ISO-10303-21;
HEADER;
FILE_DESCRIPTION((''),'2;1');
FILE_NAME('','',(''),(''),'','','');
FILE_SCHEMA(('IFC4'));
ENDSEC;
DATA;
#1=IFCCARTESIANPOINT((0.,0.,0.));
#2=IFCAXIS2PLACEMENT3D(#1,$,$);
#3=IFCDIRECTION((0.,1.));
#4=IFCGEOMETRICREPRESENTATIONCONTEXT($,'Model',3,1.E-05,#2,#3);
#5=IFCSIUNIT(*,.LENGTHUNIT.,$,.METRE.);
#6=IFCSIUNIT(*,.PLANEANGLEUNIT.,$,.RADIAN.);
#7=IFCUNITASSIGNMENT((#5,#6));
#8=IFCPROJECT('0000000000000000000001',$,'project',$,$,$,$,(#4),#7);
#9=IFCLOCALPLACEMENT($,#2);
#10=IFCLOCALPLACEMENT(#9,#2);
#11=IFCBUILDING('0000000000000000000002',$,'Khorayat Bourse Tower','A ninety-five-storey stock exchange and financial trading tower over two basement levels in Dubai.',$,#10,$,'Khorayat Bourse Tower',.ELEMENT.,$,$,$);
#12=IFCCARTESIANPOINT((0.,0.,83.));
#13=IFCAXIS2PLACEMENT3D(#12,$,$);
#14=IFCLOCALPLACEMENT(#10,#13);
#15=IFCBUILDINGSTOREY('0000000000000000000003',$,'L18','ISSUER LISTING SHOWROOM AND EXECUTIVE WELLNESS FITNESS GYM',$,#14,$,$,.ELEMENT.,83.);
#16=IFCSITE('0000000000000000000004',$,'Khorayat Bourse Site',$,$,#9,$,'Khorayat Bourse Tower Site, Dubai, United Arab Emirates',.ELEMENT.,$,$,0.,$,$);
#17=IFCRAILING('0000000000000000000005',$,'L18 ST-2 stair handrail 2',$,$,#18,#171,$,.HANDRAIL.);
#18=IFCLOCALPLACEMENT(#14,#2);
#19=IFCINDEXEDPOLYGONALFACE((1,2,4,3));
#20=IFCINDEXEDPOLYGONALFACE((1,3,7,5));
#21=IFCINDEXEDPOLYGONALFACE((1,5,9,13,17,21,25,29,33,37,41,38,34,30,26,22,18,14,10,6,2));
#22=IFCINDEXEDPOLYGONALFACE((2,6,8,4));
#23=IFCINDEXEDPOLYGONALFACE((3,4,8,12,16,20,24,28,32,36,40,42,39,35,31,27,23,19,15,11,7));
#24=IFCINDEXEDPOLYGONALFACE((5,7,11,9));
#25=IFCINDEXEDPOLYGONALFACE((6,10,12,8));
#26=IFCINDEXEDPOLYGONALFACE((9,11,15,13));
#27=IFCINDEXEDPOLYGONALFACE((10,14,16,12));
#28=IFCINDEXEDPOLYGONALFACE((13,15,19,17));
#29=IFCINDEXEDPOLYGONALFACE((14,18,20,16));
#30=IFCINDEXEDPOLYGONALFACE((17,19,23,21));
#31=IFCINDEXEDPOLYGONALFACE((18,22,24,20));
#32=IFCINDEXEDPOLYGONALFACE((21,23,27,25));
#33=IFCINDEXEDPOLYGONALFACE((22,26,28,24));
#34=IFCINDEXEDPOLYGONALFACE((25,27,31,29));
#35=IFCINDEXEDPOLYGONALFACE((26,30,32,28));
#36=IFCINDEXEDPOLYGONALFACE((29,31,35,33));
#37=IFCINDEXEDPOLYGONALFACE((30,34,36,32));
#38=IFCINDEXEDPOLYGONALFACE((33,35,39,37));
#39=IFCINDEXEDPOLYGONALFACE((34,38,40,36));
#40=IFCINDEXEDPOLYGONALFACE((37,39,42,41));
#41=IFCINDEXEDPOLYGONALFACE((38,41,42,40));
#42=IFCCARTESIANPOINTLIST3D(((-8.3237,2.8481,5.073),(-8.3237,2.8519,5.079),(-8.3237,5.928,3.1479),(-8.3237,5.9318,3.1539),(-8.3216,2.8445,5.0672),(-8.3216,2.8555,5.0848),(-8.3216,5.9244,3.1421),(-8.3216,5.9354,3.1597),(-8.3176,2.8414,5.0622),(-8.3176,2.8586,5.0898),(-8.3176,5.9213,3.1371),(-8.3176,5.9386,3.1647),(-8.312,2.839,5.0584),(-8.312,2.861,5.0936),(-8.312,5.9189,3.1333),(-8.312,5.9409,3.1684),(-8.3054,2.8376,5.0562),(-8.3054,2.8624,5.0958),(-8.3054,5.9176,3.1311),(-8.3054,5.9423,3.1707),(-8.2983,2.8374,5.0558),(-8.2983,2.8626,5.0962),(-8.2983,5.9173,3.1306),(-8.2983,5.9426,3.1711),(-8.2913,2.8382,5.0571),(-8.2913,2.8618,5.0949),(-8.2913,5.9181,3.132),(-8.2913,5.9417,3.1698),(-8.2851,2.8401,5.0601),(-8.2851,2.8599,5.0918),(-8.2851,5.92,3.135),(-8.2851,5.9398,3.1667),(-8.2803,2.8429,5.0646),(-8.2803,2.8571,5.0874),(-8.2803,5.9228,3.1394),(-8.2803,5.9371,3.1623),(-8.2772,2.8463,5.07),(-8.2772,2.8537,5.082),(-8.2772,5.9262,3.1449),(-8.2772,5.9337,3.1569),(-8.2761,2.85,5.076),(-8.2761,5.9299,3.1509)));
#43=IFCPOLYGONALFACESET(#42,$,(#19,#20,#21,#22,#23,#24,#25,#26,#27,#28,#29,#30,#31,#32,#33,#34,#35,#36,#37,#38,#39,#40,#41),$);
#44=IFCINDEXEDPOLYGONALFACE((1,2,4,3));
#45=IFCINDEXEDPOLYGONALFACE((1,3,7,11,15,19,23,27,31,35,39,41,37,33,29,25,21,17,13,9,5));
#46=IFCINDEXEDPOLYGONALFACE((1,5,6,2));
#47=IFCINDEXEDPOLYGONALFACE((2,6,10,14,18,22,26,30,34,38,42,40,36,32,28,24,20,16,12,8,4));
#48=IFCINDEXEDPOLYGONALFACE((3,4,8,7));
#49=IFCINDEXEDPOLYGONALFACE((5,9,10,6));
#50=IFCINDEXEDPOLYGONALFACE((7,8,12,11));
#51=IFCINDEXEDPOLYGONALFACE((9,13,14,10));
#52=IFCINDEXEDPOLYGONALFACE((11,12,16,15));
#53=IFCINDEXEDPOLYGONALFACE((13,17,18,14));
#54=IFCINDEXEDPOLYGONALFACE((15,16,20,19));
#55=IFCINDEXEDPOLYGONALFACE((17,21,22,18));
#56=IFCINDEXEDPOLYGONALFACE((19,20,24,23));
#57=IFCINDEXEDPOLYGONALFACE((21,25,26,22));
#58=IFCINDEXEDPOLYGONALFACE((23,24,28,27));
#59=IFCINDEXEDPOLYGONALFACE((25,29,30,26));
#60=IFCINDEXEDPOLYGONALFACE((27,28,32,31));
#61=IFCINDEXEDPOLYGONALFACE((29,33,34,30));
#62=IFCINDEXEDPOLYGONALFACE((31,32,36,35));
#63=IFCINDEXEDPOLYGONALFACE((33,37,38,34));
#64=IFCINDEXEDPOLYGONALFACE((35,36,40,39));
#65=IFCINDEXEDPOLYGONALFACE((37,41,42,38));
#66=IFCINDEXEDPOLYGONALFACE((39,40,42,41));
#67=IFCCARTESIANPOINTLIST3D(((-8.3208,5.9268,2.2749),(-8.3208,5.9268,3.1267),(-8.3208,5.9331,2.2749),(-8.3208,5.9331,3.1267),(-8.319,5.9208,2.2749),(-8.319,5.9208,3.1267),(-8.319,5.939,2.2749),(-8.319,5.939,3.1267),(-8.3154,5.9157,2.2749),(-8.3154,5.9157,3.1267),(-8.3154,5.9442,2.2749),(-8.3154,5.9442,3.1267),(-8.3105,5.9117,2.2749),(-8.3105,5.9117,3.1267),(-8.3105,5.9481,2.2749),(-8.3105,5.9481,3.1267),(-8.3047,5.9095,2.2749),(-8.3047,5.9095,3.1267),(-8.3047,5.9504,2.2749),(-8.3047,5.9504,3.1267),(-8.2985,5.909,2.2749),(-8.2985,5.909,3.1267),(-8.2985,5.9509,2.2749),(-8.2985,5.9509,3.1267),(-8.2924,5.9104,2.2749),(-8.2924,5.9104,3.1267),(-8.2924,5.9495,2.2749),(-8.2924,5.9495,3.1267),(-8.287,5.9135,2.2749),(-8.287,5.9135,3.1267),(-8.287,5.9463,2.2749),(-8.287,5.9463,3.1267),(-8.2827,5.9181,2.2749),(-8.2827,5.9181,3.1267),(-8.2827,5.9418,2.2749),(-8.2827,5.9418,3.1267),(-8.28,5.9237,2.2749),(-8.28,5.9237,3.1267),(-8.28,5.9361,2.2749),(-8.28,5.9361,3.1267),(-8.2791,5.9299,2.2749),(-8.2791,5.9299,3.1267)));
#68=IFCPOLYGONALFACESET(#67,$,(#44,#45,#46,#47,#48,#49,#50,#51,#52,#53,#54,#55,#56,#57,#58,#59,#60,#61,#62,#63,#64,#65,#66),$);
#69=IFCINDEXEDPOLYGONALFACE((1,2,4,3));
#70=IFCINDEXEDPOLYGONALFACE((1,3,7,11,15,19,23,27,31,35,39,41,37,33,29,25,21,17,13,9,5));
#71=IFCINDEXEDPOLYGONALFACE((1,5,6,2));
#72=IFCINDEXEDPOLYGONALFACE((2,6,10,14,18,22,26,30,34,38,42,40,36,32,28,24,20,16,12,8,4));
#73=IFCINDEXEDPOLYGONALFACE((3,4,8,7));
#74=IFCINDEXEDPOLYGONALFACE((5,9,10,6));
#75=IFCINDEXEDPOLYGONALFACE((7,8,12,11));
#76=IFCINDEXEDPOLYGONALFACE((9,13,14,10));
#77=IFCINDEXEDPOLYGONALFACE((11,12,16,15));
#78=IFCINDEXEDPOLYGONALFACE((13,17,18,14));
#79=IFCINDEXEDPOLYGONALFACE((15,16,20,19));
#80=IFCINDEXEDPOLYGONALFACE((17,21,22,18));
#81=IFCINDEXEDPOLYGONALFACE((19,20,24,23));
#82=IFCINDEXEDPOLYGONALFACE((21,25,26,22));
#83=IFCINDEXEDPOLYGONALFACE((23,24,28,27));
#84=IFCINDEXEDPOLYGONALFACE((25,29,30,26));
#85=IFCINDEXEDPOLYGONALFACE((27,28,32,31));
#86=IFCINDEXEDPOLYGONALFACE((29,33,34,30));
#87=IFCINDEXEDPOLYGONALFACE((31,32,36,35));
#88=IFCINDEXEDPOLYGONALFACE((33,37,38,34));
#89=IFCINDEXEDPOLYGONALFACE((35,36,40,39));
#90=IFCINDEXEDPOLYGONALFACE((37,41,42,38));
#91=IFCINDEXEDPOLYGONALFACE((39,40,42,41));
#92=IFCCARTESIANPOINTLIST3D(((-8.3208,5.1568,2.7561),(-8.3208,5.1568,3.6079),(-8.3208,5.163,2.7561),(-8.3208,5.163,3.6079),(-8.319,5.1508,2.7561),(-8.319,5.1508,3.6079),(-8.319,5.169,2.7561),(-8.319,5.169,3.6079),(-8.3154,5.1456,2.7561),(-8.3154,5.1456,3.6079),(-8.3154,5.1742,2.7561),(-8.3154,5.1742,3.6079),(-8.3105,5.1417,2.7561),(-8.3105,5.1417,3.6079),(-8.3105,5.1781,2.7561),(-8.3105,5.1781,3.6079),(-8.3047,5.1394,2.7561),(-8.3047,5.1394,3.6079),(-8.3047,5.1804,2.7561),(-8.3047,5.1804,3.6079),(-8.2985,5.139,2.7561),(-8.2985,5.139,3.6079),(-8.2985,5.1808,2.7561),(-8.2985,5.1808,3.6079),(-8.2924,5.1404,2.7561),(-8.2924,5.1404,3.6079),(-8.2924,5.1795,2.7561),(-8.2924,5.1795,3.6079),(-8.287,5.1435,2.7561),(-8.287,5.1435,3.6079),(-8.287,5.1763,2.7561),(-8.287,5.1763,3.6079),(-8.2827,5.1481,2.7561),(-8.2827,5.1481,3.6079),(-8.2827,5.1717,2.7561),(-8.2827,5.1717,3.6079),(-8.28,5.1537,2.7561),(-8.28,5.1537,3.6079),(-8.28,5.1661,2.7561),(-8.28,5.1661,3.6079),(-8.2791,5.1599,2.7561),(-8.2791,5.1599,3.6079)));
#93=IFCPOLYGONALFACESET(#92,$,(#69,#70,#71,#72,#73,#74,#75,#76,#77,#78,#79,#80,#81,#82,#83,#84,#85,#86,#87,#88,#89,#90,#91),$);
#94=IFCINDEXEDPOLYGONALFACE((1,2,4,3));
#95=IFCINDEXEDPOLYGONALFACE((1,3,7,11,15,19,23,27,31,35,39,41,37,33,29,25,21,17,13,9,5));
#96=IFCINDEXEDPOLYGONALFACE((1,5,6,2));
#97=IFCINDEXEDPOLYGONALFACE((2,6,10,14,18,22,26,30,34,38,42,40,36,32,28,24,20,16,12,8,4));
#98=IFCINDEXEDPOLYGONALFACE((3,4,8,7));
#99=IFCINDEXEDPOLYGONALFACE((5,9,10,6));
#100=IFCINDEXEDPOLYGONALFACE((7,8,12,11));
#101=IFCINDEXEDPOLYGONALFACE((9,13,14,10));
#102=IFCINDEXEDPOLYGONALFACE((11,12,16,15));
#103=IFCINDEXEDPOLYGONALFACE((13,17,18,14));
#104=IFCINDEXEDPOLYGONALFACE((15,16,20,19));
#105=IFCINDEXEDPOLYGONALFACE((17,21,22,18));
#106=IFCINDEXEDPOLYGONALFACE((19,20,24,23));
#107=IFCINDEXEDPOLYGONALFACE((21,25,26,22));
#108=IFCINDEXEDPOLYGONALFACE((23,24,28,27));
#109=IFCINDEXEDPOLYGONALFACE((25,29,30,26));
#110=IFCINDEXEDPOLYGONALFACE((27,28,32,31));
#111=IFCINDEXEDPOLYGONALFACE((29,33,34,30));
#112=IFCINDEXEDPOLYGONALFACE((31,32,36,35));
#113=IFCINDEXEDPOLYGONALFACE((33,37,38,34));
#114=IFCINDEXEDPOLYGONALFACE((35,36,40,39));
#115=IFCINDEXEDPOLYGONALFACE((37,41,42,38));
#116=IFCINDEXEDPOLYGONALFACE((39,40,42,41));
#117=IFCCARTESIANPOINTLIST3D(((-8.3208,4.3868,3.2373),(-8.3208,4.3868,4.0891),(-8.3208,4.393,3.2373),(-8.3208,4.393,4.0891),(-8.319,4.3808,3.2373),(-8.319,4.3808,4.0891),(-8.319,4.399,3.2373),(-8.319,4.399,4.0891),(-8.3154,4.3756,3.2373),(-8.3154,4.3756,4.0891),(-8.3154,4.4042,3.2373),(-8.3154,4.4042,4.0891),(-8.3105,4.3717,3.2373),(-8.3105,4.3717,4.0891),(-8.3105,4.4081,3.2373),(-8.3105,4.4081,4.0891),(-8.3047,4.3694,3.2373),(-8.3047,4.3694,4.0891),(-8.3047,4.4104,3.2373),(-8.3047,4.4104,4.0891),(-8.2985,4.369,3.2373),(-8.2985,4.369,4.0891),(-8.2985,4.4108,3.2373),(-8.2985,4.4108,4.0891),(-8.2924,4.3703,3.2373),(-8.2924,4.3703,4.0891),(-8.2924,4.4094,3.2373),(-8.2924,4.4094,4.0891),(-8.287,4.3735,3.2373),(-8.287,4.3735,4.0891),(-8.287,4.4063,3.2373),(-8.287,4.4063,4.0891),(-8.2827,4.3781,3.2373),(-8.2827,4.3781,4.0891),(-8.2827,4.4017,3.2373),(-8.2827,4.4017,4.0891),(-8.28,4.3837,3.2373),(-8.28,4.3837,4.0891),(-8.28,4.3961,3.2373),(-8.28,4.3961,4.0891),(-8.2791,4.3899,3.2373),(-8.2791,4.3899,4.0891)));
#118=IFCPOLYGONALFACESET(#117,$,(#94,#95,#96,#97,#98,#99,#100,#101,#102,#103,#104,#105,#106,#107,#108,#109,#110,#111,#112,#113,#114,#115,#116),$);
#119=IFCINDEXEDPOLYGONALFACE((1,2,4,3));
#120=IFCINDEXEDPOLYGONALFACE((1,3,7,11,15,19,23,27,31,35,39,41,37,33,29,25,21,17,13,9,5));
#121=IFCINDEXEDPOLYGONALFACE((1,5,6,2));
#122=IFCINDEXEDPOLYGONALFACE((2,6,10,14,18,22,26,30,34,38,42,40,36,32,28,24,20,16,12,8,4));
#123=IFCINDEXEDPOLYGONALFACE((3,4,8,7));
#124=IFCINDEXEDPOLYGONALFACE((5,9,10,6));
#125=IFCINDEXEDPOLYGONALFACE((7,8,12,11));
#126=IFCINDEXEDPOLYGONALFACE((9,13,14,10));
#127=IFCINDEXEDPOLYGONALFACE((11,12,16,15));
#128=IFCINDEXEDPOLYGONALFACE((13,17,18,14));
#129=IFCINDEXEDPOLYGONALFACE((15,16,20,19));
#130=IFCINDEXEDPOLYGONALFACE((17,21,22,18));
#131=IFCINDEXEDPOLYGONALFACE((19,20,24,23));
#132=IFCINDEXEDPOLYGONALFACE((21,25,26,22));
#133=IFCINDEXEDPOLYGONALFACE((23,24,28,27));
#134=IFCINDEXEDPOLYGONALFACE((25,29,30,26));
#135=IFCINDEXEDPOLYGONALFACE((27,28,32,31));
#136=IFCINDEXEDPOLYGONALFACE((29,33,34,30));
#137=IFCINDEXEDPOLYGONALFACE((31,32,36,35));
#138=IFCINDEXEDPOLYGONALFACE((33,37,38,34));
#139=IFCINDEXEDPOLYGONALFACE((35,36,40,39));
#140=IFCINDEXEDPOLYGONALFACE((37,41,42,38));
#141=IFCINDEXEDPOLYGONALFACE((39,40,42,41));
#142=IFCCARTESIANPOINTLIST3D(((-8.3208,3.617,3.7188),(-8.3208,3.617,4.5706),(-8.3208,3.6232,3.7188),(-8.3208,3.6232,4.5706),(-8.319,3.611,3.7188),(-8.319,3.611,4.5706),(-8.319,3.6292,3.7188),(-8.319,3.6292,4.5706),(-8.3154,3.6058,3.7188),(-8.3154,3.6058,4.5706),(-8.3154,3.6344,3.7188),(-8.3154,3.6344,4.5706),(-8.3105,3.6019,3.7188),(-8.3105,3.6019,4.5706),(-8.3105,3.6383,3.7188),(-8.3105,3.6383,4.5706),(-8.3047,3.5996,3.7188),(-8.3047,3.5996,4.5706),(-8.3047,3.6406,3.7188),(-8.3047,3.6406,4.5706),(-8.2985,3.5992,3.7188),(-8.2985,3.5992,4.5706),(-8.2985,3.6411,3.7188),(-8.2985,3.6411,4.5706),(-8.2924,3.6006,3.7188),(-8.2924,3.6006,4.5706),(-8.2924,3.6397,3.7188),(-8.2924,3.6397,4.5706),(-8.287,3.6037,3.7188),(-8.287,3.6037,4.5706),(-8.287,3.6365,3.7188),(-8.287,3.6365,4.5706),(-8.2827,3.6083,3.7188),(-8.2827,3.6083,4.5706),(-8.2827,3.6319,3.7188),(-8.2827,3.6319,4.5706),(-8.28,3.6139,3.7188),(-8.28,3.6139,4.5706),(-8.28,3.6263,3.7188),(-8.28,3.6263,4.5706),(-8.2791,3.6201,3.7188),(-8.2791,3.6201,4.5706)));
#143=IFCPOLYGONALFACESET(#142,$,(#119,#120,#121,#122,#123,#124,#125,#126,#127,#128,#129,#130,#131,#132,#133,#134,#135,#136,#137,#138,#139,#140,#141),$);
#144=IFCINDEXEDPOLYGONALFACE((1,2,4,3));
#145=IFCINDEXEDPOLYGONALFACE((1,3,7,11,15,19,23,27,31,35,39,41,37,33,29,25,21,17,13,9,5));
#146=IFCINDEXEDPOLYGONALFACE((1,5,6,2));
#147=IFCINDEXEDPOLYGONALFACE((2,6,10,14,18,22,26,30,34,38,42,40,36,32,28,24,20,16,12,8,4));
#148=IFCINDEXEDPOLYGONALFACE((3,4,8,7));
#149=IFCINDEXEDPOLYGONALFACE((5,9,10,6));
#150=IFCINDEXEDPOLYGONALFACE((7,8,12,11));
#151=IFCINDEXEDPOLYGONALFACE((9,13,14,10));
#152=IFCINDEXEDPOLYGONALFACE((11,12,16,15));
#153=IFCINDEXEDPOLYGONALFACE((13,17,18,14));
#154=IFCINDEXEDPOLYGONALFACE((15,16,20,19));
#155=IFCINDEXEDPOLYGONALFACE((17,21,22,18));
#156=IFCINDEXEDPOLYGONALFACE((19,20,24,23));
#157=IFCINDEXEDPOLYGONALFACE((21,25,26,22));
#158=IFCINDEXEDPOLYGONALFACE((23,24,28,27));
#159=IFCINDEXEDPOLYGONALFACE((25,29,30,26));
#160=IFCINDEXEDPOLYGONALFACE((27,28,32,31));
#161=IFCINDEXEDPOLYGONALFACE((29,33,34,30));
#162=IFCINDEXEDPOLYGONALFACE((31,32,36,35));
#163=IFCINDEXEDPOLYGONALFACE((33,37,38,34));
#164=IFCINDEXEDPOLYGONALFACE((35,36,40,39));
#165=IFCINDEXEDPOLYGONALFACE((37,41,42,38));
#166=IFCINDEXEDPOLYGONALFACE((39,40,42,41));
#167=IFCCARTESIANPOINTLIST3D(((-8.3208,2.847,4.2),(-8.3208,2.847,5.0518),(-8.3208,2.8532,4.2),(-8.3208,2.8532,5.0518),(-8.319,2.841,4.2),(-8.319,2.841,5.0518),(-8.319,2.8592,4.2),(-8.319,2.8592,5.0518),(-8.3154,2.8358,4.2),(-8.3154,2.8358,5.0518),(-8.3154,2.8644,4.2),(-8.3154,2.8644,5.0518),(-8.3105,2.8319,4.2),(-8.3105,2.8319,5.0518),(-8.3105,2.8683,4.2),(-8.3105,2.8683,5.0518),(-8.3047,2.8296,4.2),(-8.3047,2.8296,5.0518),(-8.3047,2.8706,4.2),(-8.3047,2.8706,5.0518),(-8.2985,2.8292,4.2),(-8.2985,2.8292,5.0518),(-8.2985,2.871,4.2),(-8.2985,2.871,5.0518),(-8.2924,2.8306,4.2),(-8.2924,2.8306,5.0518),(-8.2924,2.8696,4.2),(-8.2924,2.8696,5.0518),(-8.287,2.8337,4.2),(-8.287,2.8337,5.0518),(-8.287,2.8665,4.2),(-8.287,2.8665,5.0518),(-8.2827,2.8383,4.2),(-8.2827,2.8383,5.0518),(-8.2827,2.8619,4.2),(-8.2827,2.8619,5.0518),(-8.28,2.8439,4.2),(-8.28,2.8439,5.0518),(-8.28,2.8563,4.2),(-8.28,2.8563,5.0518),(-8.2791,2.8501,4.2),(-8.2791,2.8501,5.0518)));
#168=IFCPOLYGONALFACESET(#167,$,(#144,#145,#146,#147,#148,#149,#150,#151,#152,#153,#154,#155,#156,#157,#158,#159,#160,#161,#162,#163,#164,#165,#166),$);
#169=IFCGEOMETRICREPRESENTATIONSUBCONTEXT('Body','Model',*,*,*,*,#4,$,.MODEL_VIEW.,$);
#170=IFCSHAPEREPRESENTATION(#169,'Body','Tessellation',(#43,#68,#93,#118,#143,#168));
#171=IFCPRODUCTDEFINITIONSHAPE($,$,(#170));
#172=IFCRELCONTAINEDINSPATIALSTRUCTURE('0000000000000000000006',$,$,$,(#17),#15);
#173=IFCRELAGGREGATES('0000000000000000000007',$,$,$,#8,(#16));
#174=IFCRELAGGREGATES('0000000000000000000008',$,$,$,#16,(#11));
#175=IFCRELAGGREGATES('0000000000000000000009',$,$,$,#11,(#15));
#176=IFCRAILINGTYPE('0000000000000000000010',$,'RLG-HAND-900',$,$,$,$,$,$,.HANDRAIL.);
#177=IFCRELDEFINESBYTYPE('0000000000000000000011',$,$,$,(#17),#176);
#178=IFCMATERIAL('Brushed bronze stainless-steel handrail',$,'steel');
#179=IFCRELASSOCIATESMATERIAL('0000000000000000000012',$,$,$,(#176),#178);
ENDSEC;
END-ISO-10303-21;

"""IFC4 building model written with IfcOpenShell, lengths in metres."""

from ifc_helpers import new_model, si_unit, direction, frame, origin, origin_2d, place, context, subcontext, project, spatial, circle, extrude, source, transform, mapped, material, type_object, element, save


model = new_model("IFC4")

# Units and contexts
model_context = context("Model", 3, precision=1e-05, world=origin(), true_north=direction((0.0, 1.0)))
body_context = subcontext(model_context, "Body", "Model", "MODEL_VIEW")
ifc_project = project(units=[si_unit("LENGTHUNIT", "METRE"), si_unit("PLANEANGLEUNIT", "RADIAN")], contexts=[model_context])

# Site, building, storey
site_placement = place(None, origin())
site = spatial("IfcSite", under=ifc_project, at=site_placement, Name="Khorayat Bourse Site", LongName="Khorayat Bourse Tower Site, Dubai, United Arab Emirates", CompositionType="ELEMENT", RefElevation=0.0)
building_placement = place(site_placement, origin())
building = spatial("IfcBuilding", under=site, at=building_placement, Name="Khorayat Bourse Tower", Description="A ninety-five-storey stock exchange and financial trading tower over two basement levels in Dubai.", LongName="Khorayat Bourse Tower", CompositionType="ELEMENT")
storey_placement = place(building_placement, frame((0.0, 0.0, 83.0)))
storey = spatial("IfcBuildingStorey", under=building, at=storey_placement, Name="L18", Description="ISSUER LISTING SHOWROOM AND EXECUTIVE WELLNESS FITNESS GYM", CompositionType="ELEMENT", Elevation=83.0)

# Railing
ifc_material_1 = material(Name="Brushed bronze stainless-steel handrail", Category="steel")
railing_type_1 = type_object("IfcRailingType", Name="RLG-HAND-900", PredefinedType="HANDRAIL", material=ifc_material_1)
shared_shape_1 = source(origin(), body_context, "Body", "SweptSolid", [
    extrude(circle(Radius=0.0239, at=origin_2d()), frame((0.0, 0.0, 0.876), z_axis=(0.0, -0.847979, 0.530029), x_axis=(1.0, 0.0, 0.0)), (0.0, 0.0, 1.0), 3.6321),
    extrude(circle(Radius=0.021, at=origin_2d()), origin(), (0.0, 0.0, 1.0), 0.8518),
    extrude(circle(Radius=0.021, at=origin_2d()), frame((0.0, -0.77, 0.4812)), (0.0, 0.0, 1.0), 0.8518),
    extrude(circle(Radius=0.021, at=origin_2d()), frame((0.0, -1.54, 0.9624)), (0.0, 0.0, 1.0), 0.8518),
    extrude(circle(Radius=0.021, at=origin_2d()), frame((0.0, -2.3098, 1.4438)), (0.0, 0.0, 1.0), 0.8518),
    extrude(circle(Radius=0.021, at=origin_2d()), frame((0.0, -3.0798, 1.925)), (0.0, 0.0, 1.0), 0.8518),
])
railing_1_placement = place(storey_placement, frame((-8.3, 5.9299, 2.2749)))
element("IfcRailing", 1, at=railing_1_placement, inside=storey, type_object=railing_type_1, Name="L18 ST-2 stair handrail 2", PredefinedType="HANDRAIL", context=body_context, shape_type="MappedRepresentation", body=[
    mapped(shared_shape_1, transform((0.0, 0.0, 0.0), scale=1.0)),
])

save(model, "model.ifc")
